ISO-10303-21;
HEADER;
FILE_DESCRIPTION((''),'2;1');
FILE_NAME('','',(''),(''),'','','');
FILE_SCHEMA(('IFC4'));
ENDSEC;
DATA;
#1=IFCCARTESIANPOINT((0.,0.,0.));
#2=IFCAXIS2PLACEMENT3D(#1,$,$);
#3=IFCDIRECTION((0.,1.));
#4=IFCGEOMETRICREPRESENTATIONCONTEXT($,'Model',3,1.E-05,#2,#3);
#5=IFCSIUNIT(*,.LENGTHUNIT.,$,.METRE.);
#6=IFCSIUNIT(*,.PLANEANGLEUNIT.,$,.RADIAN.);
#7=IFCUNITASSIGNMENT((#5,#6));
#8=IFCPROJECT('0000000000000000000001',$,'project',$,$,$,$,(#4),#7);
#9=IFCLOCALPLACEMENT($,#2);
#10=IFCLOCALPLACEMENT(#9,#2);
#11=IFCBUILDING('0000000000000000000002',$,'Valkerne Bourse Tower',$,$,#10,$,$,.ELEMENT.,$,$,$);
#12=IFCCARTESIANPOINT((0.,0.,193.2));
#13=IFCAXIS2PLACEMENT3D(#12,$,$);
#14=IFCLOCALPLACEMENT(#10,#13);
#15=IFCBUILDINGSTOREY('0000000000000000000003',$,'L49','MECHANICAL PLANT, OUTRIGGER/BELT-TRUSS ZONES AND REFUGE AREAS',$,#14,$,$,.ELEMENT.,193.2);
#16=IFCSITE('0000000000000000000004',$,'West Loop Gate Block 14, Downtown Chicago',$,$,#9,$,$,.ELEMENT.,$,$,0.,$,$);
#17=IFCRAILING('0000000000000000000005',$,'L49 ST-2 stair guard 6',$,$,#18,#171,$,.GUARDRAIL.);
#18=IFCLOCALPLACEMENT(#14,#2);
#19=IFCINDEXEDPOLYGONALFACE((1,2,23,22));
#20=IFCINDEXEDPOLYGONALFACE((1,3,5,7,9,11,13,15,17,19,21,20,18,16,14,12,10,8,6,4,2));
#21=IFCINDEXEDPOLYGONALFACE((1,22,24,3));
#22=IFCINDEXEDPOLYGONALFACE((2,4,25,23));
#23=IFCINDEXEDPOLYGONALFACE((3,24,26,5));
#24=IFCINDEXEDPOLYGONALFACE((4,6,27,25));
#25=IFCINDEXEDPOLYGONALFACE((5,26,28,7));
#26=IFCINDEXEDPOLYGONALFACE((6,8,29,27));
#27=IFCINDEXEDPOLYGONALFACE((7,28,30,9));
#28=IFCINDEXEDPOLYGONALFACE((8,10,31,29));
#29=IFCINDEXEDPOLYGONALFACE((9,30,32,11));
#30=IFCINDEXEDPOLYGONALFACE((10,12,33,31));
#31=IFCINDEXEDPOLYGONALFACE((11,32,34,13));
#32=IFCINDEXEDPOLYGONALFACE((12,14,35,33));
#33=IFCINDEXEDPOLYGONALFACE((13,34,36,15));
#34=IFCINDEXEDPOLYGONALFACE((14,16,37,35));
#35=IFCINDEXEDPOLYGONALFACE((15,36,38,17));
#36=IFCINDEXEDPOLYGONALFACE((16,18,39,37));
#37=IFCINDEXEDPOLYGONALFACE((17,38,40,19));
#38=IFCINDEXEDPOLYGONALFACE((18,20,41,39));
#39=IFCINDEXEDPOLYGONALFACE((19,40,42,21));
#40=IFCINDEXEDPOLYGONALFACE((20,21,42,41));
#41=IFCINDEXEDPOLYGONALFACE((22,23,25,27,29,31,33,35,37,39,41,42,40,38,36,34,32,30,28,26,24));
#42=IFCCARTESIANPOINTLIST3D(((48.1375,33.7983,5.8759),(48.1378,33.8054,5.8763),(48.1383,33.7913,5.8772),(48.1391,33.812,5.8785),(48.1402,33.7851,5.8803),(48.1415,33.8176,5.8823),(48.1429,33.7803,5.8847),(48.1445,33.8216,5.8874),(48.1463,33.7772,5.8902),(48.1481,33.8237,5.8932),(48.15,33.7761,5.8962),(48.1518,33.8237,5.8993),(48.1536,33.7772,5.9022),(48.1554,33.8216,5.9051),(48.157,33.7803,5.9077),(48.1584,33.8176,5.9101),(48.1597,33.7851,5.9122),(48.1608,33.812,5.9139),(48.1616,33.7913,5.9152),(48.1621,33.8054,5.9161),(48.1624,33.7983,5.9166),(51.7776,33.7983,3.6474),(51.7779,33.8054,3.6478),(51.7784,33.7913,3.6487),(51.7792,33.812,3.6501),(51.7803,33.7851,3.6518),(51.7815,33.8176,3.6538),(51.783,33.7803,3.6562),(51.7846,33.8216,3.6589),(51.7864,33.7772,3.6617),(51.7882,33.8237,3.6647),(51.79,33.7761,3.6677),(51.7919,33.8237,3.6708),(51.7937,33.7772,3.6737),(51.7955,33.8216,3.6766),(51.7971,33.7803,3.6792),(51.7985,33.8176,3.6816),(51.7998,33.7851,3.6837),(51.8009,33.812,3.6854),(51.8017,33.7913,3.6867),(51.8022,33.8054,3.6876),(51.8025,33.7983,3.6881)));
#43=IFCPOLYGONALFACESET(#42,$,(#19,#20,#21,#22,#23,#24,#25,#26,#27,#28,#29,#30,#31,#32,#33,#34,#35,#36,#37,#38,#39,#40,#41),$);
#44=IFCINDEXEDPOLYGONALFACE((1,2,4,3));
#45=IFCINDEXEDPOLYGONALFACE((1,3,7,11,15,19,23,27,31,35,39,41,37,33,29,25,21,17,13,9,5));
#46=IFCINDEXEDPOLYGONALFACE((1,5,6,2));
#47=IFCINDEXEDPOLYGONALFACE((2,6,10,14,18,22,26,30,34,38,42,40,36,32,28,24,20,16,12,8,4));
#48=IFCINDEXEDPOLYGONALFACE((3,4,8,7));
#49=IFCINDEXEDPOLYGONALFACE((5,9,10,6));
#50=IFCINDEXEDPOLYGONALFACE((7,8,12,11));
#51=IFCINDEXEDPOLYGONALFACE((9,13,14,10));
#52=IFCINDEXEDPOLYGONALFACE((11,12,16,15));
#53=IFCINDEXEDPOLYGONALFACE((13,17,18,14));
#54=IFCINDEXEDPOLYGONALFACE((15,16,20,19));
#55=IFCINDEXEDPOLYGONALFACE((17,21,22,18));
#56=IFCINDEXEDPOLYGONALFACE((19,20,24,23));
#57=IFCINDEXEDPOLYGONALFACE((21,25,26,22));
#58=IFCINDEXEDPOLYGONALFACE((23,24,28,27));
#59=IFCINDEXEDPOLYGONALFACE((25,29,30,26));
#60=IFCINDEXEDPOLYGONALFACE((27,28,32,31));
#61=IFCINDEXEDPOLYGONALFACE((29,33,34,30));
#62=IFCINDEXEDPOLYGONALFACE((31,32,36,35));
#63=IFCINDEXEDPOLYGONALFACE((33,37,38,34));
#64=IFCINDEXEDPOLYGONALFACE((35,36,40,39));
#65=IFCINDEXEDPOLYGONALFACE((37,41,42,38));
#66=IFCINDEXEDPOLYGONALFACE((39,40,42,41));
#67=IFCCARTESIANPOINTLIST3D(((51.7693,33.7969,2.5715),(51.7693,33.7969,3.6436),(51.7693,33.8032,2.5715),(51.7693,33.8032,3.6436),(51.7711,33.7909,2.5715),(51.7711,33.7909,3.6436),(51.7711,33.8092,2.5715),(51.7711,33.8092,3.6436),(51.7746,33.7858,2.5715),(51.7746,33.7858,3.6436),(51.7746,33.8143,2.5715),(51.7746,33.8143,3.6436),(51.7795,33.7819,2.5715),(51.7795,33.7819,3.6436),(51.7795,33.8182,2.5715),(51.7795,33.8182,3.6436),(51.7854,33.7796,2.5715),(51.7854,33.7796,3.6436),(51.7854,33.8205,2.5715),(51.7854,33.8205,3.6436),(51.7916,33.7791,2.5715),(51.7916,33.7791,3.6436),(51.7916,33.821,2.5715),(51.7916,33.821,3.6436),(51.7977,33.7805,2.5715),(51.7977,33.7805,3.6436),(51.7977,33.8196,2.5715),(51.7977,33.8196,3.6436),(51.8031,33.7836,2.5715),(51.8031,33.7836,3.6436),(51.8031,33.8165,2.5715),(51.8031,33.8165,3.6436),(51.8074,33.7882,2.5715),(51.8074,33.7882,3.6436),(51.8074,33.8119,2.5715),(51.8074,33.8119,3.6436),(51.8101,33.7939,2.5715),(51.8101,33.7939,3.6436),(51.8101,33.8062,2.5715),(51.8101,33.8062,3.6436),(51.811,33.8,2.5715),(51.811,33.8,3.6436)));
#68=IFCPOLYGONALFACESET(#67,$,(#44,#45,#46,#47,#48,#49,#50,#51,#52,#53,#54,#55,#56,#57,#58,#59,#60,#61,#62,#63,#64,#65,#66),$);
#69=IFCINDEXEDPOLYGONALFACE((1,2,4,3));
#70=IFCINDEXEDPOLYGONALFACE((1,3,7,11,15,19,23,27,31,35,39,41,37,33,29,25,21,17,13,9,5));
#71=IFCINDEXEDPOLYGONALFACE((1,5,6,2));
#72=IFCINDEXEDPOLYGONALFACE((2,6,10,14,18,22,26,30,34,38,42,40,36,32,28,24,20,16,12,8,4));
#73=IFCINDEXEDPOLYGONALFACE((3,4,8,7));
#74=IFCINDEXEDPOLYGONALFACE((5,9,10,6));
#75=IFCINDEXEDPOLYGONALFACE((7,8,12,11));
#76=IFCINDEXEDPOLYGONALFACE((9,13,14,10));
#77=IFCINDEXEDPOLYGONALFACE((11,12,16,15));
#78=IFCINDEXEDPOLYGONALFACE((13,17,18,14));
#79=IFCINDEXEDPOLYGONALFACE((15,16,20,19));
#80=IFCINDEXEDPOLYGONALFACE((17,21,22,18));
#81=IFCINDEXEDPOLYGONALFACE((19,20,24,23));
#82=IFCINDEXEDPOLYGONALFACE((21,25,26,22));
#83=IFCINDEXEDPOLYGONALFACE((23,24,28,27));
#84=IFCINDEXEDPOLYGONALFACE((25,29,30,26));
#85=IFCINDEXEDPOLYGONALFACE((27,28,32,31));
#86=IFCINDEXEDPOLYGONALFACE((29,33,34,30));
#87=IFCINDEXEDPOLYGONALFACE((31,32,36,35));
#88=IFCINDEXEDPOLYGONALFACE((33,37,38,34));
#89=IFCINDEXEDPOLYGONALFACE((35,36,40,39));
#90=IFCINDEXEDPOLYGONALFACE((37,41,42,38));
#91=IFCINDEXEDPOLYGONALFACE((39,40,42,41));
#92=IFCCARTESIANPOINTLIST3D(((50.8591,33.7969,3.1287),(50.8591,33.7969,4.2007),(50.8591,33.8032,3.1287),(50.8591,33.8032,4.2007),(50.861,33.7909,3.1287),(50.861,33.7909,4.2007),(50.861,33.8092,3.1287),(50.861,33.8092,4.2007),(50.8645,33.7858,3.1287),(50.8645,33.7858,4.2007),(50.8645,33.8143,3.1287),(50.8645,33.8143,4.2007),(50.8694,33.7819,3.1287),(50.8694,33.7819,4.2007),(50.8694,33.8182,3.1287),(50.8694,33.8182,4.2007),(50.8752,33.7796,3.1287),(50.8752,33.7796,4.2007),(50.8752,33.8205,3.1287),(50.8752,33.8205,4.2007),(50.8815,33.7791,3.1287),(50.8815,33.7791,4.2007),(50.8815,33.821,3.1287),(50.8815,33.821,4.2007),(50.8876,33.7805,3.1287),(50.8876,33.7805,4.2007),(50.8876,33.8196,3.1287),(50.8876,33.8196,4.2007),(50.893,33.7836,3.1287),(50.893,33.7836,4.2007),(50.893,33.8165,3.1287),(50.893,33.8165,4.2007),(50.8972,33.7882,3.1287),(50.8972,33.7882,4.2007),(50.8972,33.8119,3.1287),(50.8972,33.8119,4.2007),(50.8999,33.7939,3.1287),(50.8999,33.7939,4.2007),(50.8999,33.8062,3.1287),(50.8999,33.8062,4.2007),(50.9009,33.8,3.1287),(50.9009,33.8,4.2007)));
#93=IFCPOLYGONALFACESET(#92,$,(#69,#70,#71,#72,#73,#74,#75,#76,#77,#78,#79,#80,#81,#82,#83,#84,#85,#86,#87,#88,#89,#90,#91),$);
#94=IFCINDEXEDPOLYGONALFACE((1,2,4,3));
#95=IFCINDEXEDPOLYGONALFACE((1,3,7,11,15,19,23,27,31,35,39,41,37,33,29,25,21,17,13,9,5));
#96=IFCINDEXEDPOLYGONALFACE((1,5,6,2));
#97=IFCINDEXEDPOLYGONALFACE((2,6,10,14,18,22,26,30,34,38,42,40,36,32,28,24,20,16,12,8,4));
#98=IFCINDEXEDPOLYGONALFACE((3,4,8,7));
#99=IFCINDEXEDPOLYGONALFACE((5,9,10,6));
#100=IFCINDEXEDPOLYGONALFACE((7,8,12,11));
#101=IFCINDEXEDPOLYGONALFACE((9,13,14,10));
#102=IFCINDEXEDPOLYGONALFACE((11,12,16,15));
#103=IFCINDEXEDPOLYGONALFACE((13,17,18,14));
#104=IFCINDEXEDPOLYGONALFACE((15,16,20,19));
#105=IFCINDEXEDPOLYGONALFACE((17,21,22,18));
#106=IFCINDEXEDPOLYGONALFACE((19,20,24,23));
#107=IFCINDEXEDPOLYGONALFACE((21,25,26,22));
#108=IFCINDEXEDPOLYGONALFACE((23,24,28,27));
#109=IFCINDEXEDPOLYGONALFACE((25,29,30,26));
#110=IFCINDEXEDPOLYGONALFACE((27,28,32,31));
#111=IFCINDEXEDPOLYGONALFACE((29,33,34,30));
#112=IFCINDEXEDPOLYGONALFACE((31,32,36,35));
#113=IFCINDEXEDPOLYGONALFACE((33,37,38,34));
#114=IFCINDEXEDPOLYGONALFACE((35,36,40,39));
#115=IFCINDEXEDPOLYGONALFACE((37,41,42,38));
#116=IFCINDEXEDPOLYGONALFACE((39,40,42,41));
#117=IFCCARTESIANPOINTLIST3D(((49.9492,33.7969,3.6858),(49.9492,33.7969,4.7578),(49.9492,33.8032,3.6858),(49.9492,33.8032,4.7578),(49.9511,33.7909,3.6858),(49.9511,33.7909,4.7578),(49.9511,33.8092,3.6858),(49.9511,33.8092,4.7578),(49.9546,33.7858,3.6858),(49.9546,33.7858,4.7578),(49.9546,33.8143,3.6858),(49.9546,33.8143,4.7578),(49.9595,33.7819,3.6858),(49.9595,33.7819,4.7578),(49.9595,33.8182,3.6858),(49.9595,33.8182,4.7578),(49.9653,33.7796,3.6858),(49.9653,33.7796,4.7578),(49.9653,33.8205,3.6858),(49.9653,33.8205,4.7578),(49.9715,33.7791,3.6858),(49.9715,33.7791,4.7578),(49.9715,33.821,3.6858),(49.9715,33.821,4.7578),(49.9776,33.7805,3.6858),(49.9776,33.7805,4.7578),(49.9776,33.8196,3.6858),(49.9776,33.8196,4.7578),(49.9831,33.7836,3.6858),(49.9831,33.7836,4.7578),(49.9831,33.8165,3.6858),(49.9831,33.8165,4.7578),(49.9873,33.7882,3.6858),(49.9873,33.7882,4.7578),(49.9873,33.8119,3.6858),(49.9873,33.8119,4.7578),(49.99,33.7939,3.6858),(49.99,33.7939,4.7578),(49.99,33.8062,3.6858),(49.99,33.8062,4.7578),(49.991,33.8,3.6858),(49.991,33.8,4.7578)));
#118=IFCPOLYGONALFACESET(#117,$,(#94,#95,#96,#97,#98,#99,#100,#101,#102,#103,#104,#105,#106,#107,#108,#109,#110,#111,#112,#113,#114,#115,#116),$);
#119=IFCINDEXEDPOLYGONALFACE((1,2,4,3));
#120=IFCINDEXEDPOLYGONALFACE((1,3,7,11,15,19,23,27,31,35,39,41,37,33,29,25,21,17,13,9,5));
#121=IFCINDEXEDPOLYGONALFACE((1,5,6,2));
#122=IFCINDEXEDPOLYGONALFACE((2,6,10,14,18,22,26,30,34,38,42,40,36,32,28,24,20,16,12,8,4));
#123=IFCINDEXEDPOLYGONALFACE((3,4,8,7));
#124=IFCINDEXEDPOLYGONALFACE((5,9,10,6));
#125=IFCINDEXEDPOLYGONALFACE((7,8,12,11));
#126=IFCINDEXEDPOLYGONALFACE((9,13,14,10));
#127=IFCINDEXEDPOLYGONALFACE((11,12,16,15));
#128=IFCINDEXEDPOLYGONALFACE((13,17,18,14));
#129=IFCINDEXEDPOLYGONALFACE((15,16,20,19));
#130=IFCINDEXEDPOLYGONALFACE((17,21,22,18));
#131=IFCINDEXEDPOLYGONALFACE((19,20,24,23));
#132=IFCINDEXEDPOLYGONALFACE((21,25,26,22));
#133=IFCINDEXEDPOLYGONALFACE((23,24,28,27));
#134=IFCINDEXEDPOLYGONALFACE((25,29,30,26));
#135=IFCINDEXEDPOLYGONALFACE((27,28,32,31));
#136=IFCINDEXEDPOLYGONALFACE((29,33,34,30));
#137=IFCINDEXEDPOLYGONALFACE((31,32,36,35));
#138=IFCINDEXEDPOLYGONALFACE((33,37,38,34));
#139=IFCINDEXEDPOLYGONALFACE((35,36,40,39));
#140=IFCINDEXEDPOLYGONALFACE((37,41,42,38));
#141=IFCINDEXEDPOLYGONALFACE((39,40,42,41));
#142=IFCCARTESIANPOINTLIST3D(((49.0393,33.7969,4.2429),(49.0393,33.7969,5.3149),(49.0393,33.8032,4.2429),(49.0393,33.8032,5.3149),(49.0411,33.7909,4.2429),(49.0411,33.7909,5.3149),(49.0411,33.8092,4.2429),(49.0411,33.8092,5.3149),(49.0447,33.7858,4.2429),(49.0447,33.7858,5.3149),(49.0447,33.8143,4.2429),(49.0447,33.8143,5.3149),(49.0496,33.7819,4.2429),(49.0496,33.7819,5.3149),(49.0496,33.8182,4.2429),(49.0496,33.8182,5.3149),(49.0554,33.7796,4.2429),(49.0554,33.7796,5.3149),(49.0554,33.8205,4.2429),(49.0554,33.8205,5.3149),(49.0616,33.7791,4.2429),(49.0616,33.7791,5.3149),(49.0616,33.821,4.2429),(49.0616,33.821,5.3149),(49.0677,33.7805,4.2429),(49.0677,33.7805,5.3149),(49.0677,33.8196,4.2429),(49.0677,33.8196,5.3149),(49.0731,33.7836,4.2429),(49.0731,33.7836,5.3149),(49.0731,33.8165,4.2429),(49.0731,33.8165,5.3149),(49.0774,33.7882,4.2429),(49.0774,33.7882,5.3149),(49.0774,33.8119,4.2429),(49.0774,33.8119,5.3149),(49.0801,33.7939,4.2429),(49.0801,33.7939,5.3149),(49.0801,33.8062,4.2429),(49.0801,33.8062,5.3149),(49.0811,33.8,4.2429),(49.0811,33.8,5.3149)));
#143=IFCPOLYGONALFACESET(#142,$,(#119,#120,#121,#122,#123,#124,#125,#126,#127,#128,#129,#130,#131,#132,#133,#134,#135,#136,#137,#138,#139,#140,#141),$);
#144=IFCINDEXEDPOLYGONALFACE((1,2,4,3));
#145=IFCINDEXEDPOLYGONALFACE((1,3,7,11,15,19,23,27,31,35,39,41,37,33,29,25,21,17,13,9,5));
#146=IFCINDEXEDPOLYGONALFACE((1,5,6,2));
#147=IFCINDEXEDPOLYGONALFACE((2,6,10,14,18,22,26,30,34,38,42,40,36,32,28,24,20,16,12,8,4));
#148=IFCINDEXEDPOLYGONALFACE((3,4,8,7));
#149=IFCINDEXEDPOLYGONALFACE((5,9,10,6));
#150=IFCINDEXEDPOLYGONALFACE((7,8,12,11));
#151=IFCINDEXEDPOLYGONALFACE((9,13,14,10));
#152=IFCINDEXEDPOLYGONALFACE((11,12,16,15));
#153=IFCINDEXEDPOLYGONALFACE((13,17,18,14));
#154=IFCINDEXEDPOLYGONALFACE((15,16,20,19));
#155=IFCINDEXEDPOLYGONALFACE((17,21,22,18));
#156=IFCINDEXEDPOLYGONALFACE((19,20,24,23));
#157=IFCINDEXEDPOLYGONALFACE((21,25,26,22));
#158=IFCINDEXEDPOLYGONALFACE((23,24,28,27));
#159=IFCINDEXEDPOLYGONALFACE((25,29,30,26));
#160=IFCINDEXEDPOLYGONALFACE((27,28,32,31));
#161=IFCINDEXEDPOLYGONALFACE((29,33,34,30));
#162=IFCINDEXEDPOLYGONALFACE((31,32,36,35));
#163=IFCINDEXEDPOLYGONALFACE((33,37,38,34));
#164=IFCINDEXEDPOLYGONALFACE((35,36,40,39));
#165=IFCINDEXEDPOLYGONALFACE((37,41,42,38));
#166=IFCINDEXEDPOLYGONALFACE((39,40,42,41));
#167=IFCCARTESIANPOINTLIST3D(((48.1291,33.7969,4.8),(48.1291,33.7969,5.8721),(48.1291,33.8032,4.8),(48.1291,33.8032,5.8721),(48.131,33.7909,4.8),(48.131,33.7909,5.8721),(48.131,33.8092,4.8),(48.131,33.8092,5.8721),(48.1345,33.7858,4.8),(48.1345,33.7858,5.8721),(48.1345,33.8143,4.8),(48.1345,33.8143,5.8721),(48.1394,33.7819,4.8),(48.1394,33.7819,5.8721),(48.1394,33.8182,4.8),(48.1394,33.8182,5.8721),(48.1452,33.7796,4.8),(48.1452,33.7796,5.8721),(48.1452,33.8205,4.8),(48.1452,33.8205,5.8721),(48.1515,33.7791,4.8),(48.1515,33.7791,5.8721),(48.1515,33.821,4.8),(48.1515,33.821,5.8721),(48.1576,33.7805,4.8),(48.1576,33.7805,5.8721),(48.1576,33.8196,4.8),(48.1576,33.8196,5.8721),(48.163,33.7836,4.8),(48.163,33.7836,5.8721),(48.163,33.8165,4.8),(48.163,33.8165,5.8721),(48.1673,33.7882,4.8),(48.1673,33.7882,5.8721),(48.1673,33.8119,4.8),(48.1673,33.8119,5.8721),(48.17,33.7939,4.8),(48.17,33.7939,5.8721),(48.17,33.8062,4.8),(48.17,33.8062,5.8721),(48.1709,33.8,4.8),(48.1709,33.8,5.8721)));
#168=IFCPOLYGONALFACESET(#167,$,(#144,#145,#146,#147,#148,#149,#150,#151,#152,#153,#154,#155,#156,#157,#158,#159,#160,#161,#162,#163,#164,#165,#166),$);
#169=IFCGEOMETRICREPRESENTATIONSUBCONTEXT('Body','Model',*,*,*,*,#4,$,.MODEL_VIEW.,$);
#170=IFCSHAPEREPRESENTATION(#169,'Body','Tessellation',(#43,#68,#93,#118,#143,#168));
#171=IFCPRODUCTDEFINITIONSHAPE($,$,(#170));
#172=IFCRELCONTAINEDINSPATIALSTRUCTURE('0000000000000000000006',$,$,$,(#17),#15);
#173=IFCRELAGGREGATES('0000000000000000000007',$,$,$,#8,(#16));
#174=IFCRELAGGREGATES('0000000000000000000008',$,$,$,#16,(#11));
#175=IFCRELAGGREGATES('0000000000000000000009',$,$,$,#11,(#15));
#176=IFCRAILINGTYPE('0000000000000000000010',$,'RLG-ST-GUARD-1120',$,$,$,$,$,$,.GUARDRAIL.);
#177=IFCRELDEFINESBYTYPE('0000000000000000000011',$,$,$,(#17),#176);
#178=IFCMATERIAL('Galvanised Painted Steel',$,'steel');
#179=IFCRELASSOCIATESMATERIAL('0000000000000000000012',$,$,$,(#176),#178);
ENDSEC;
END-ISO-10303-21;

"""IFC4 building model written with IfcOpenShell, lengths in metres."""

from ifc_helpers import new_model, si_unit, direction, frame, origin, origin_2d, place, context, subcontext, project, spatial, circle, extrude, material, type_object, element, save


model = new_model("IFC4")

# Units and contexts
model_context = context("Model", 3, precision=1e-05, world=origin(), true_north=direction((0.0, 1.0)))
body_context = subcontext(model_context, "Body", "Model", "MODEL_VIEW")
ifc_project = project(units=[si_unit("LENGTHUNIT", "METRE"), si_unit("PLANEANGLEUNIT", "RADIAN")], contexts=[model_context])

# Site, building, storey
site_placement = place(None, origin())
site = spatial("IfcSite", under=ifc_project, at=site_placement, Name="West Loop Gate Block 14, Downtown Chicago", CompositionType="ELEMENT", RefElevation=0.0)
building_placement = place(site_placement, origin())
building = spatial("IfcBuilding", under=site, at=building_placement, Name="Valkerne Bourse Tower", CompositionType="ELEMENT")
storey_placement = place(building_placement, frame((0.0, 0.0, 193.2)))
storey = spatial("IfcBuildingStorey", under=building, at=storey_placement, Name="L49", Description="MECHANICAL PLANT, OUTRIGGER/BELT-TRUSS ZONES AND REFUGE AREAS", CompositionType="ELEMENT", Elevation=193.2)

# Shared definitions
ifc_material_1 = material(Name="Galvanised Painted Steel", Category="steel")

# Railing
railing_type_1 = type_object("IfcRailingType", Name="RLG-ST-GUARD-1120", PredefinedType="GUARDRAIL", material=ifc_material_1)
railing_1_placement = place(storey_placement, frame((51.79, 33.8, 2.5715)))
element("IfcRailing", 1, at=railing_1_placement, inside=storey, type_object=railing_type_1, Name="L49 ST-2 stair guard 6", PredefinedType="GUARDRAIL", context=body_context, shape_type="SweptSolid", body=[
    extrude(circle(Radius=0.0239, at=origin_2d()), frame((0.0, 0.0, 1.0962), z_axis=(-0.852866, 0.0, 0.52213), x_axis=(0.0, -1.0, 0.0)), (0.0, 0.0, 1.0), 4.2681),
    extrude(circle(Radius=0.021, at=origin_2d()), origin(), (0.0, 0.0, 1.0), 1.072),
    extrude(circle(Radius=0.021, at=origin_2d()), frame((-0.9102, 0.0, 0.5571)), (0.0, 0.0, 1.0), 1.072),
    extrude(circle(Radius=0.021, at=origin_2d()), frame((-1.8201, 0.0, 1.1143)), (0.0, 0.0, 1.0), 1.072),
    extrude(circle(Radius=0.021, at=origin_2d()), frame((-2.73, 0.0, 1.6714)), (0.0, 0.0, 1.0), 1.072),
    extrude(circle(Radius=0.021, at=origin_2d()), frame((-3.6401, 0.0, 2.2285)), (0.0, 0.0, 1.0), 1.072),
])

save(model, "model.ifc")
